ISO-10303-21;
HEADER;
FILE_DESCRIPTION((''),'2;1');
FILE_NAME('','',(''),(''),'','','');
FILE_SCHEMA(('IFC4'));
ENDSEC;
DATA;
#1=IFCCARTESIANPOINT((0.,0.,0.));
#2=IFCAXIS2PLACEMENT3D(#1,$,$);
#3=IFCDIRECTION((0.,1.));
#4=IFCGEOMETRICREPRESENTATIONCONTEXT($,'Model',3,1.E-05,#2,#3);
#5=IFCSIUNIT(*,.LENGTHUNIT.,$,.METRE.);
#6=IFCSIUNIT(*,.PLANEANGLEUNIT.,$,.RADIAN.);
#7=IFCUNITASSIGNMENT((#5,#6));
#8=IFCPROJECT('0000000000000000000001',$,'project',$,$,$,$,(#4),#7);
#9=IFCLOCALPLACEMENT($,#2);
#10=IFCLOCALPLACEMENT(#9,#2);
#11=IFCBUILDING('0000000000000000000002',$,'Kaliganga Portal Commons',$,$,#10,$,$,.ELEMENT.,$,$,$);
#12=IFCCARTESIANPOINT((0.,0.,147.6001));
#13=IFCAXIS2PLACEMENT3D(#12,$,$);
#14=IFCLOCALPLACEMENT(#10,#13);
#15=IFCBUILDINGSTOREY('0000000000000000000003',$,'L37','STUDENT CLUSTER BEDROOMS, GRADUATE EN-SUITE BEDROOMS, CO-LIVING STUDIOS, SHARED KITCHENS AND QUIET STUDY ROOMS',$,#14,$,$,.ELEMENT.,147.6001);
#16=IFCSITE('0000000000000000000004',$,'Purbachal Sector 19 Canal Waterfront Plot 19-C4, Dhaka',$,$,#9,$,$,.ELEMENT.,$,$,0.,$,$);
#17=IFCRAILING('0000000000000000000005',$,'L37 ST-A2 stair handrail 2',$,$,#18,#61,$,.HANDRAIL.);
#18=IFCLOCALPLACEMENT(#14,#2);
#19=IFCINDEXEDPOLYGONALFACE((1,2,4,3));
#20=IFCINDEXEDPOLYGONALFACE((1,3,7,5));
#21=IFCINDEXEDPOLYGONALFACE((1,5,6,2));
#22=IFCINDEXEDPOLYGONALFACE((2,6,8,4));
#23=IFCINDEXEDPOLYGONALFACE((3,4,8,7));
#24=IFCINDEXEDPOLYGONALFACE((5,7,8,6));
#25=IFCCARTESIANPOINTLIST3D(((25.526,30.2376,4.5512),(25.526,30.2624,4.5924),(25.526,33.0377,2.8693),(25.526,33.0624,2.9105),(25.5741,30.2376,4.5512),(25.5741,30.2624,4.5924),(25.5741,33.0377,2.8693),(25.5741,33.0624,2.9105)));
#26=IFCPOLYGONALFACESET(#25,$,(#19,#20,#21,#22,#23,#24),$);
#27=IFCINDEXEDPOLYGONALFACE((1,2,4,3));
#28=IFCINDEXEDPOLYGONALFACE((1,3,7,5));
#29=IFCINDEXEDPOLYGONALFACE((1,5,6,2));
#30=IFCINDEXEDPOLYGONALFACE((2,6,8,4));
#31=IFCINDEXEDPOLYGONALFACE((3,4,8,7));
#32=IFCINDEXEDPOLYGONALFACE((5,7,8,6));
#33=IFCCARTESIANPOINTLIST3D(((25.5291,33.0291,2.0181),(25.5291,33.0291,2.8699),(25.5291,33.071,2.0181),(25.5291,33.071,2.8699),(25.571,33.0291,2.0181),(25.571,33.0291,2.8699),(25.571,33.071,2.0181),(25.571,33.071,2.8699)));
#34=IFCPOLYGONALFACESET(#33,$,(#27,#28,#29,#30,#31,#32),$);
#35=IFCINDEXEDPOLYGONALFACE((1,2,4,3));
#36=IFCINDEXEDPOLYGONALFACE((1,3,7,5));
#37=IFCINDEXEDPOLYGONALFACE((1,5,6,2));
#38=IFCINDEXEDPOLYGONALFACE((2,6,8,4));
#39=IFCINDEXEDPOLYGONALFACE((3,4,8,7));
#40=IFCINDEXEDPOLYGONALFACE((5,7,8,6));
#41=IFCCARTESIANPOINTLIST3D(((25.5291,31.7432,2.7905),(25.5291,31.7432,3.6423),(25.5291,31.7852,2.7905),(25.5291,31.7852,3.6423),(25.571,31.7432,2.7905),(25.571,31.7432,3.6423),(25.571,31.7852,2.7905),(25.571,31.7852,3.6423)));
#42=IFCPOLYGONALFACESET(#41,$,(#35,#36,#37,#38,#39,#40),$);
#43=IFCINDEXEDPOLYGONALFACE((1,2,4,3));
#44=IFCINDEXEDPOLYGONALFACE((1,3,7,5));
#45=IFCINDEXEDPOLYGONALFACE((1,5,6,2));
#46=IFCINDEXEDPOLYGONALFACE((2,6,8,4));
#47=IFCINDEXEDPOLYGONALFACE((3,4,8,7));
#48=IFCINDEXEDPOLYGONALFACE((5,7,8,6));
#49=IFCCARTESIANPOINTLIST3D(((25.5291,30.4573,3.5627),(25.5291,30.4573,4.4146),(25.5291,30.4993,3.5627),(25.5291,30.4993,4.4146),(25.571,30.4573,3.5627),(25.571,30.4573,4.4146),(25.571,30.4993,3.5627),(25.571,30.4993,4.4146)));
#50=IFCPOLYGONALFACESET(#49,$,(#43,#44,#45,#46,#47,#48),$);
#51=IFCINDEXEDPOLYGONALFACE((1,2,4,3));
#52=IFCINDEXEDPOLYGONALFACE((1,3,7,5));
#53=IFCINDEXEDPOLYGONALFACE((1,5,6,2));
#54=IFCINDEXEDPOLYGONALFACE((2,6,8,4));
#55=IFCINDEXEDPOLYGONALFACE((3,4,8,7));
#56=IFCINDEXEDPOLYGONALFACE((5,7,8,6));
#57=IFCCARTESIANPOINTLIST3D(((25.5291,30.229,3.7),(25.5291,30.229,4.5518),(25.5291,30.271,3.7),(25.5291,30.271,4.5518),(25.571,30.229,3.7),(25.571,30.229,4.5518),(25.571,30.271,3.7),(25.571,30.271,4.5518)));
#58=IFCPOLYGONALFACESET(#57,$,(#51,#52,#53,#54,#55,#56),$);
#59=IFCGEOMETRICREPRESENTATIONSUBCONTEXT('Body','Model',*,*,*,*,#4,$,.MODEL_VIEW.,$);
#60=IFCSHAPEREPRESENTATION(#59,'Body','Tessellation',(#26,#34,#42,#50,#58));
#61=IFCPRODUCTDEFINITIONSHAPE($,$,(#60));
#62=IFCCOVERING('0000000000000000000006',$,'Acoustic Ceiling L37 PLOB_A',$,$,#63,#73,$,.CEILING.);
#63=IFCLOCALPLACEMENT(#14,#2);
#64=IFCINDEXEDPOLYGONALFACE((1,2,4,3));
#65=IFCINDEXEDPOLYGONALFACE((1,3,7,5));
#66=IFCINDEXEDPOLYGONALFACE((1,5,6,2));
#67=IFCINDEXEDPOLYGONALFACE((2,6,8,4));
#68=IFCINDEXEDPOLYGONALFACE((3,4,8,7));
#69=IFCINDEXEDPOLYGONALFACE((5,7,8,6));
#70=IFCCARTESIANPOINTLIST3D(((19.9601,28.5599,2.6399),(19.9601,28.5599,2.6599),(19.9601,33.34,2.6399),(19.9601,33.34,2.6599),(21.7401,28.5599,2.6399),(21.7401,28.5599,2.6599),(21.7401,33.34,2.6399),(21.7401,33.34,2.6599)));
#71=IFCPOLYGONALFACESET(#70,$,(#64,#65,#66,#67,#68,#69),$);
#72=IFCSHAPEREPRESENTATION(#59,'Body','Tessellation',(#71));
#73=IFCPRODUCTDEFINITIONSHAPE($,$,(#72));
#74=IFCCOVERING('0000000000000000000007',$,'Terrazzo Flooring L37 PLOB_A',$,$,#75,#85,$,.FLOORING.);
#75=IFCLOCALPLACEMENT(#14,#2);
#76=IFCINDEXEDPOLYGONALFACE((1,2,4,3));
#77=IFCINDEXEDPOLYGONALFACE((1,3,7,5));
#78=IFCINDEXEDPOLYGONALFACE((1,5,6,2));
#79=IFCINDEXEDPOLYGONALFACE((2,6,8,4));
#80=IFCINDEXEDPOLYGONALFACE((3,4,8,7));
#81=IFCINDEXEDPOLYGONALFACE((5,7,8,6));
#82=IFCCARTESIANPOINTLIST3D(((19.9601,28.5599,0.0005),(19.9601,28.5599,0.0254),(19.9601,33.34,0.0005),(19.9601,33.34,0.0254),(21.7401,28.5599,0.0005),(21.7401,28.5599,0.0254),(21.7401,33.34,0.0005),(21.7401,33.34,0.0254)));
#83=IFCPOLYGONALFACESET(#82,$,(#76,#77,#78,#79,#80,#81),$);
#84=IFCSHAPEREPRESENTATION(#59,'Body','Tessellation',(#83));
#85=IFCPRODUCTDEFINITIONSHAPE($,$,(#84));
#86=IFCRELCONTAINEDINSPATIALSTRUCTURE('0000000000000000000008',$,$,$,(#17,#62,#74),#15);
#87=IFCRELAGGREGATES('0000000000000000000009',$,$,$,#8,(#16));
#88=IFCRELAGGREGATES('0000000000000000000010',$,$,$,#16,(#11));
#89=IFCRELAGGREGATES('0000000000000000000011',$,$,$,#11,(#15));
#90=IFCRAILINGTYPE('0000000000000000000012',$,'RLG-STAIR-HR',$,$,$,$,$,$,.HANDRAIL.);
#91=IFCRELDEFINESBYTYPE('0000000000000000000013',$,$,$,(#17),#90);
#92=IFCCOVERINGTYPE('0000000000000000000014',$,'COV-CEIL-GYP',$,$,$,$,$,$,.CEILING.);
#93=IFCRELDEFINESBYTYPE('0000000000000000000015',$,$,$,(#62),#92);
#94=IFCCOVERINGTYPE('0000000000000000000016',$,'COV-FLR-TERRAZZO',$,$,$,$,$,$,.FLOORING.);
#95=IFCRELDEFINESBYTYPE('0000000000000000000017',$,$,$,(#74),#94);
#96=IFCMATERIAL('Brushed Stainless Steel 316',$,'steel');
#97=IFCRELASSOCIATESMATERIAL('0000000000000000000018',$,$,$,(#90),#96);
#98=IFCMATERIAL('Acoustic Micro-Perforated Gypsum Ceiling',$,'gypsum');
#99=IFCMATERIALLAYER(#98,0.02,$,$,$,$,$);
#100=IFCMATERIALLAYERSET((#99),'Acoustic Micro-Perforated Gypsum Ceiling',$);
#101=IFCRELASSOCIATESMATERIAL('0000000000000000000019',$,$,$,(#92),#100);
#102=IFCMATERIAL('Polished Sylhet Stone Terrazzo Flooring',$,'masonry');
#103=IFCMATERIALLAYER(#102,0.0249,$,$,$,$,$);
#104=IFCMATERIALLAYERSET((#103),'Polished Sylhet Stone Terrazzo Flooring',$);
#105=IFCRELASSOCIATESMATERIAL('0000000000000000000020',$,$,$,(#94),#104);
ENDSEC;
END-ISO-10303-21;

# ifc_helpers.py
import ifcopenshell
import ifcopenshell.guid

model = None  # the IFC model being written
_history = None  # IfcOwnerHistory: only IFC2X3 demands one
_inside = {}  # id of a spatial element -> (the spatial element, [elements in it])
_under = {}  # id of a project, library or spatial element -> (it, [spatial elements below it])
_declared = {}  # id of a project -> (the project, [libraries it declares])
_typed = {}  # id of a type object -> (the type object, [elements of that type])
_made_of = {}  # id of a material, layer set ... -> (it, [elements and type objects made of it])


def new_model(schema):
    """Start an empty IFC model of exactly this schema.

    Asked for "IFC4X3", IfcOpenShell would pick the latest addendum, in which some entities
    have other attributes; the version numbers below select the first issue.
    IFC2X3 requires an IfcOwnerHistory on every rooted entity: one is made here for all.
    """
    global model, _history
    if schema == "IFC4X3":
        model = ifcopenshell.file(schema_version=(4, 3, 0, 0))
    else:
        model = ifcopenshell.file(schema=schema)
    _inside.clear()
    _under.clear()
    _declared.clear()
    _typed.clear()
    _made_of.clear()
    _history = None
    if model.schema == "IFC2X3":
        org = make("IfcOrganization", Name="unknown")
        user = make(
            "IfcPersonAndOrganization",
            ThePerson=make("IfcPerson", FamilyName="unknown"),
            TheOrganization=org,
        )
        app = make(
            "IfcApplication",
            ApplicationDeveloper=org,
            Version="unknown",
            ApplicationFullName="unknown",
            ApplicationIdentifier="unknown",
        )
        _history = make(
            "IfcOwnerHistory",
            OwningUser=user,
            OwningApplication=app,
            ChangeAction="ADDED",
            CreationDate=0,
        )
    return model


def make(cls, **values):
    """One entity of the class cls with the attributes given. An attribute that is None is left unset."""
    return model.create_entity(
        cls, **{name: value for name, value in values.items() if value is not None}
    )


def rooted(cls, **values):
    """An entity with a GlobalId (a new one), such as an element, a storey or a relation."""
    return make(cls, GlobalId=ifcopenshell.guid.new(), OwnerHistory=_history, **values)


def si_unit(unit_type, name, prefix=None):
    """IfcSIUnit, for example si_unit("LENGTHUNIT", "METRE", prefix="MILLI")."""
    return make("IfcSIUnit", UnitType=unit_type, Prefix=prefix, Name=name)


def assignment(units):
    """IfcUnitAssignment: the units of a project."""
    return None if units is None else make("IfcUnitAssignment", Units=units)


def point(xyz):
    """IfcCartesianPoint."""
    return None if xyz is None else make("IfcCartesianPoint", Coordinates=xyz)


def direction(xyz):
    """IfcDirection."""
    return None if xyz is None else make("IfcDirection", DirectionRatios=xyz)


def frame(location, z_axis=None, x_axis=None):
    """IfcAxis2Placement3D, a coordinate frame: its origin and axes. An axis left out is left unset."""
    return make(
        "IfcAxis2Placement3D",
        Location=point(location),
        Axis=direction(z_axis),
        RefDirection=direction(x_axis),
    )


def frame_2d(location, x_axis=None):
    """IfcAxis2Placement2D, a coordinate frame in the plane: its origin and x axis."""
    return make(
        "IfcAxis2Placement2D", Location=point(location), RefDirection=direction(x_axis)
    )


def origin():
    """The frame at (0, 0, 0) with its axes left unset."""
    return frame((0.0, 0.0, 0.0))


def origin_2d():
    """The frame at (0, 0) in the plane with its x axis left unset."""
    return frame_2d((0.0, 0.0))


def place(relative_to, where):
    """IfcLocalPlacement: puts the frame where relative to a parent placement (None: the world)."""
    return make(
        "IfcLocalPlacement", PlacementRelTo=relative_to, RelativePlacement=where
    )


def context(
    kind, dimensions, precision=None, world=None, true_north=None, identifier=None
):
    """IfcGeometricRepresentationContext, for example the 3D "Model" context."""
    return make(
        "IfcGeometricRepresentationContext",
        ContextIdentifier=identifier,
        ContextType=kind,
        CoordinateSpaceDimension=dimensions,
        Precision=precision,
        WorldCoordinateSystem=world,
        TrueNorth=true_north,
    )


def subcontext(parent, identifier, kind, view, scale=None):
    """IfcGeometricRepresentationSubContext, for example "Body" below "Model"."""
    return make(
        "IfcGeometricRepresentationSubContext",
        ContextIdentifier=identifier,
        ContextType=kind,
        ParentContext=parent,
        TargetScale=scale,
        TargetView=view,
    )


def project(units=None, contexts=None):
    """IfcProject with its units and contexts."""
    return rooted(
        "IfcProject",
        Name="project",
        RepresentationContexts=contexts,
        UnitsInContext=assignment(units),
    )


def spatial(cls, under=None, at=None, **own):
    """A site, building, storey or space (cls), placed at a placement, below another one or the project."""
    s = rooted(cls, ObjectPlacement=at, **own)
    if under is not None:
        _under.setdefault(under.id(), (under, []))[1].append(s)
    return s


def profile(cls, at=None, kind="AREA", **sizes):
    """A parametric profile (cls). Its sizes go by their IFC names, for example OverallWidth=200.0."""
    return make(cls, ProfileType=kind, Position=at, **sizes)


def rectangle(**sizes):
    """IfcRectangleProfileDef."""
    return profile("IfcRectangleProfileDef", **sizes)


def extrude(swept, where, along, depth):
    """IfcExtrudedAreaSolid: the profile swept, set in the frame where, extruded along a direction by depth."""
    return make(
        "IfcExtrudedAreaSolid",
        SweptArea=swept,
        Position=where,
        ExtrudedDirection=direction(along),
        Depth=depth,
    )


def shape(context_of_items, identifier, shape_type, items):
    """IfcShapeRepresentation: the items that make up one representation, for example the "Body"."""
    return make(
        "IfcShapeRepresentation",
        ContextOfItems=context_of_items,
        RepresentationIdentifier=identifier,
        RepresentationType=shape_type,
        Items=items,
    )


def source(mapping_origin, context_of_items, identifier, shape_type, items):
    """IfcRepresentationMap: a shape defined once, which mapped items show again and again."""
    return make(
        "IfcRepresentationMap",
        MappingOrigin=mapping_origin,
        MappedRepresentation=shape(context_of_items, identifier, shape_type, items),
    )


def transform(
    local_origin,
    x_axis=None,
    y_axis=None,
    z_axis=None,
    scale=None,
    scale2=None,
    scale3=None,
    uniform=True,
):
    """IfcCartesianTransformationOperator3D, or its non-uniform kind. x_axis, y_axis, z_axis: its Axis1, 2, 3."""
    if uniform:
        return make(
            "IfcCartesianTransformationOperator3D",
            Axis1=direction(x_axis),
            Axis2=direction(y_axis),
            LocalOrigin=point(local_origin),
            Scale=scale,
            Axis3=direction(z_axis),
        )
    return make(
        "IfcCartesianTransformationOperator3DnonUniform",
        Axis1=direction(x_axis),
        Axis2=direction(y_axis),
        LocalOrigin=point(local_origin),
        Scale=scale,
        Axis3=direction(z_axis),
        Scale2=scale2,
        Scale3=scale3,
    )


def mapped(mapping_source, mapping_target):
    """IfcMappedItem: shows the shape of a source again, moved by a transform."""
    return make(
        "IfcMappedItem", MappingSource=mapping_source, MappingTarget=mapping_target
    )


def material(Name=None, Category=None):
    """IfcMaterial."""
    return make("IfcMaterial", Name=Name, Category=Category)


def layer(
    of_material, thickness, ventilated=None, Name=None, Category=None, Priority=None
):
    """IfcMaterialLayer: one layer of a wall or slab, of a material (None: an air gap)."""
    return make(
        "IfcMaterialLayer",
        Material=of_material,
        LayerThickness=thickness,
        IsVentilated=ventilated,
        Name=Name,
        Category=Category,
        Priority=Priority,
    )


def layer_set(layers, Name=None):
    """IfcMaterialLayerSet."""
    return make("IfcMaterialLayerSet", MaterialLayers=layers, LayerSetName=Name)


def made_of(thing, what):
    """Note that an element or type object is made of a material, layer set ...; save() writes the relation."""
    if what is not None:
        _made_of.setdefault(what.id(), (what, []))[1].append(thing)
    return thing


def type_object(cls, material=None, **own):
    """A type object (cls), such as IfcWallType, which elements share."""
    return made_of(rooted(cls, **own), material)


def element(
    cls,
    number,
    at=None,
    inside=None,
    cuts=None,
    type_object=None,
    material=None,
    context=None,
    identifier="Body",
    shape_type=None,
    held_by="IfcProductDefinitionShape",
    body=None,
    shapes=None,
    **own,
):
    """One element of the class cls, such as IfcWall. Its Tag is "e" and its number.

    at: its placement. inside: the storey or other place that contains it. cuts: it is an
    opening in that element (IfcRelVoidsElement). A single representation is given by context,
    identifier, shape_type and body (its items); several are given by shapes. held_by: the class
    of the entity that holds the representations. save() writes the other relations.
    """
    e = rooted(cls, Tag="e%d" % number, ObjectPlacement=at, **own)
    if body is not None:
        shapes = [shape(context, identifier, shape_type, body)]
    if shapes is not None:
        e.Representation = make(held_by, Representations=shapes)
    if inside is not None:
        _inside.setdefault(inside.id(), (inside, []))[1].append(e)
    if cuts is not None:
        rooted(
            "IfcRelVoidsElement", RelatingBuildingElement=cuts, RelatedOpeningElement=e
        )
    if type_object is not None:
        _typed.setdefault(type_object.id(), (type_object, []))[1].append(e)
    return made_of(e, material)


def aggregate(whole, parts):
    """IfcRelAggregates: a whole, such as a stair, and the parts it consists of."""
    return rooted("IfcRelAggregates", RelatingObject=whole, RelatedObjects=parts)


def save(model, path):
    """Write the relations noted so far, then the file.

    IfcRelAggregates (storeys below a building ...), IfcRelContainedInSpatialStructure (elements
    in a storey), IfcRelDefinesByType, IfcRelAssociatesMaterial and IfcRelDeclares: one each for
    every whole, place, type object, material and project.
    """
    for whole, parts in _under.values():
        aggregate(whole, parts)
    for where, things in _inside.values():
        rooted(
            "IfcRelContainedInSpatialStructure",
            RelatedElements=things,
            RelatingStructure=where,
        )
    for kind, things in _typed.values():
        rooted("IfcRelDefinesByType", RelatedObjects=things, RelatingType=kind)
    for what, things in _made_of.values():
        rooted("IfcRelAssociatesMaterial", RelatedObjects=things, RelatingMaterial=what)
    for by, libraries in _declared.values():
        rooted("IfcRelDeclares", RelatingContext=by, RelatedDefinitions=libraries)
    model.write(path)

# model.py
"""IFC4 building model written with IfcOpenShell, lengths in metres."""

from ifc_helpers import new_model, si_unit, direction, frame, origin, origin_2d, place, context, subcontext, project, spatial, rectangle, extrude, source, transform, mapped, material, layer, layer_set, type_object, element, save


model = new_model("IFC4")

# Units and contexts
model_context = context("Model", 3, precision=1e-05, world=origin(), true_north=direction((0.0, 1.0)))
body_context = subcontext(model_context, "Body", "Model", "MODEL_VIEW")
ifc_project = project(units=[si_unit("LENGTHUNIT", "METRE"), si_unit("PLANEANGLEUNIT", "RADIAN")], contexts=[model_context])

# Site, building, storey
site_placement = place(None, origin())
site = spatial("IfcSite", under=ifc_project, at=site_placement, Name="Purbachal Sector 19 Canal Waterfront Plot 19-C4, Dhaka", CompositionType="ELEMENT", RefElevation=0.0)
building_placement = place(site_placement, origin())
building = spatial("IfcBuilding", under=site, at=building_placement, Name="Kaliganga Portal Commons", CompositionType="ELEMENT")
storey_placement = place(building_placement, frame((0.0, 0.0, 147.6001)))
storey = spatial("IfcBuildingStorey", under=building, at=storey_placement, Name="L37", Description="STUDENT CLUSTER BEDROOMS, GRADUATE EN-SUITE BEDROOMS, CO-LIVING STUDIOS, SHARED KITCHENS AND QUIET STUDY ROOMS", CompositionType="ELEMENT", Elevation=147.6001)

# Railing
ifc_material_1 = material(Name="Brushed Stainless Steel 316", Category="steel")
railing_type_1 = type_object("IfcRailingType", Name="RLG-STAIR-HR", PredefinedType="HANDRAIL", material=ifc_material_1)
railing_1_placement = place(storey_placement, frame((25.55, 33.05, 2.0181)))
element("IfcRailing", 1, at=railing_1_placement, inside=storey, type_object=railing_type_1, Name="L37 ST-A2 stair handrail 2", PredefinedType="HANDRAIL", context=body_context, shape_type="SweptSolid", body=[
    extrude(rectangle(XDim=0.0481, YDim=0.0481, at=origin_2d()), frame((0.0, 0.0, 0.8718), z_axis=(0.0, -0.857242, 0.514913), x_axis=(1.0, 0.0, 0.0)), (0.0, 0.0, 1.0), 3.2664),
    extrude(rectangle(XDim=0.042, YDim=0.042, at=origin_2d()), origin(), (0.0, 0.0, 1.0), 0.8518),
    extrude(rectangle(XDim=0.042, YDim=0.042, at=origin_2d()), frame((0.0, -1.2859, 0.7725)), (0.0, 0.0, 1.0), 0.8518),
    extrude(rectangle(XDim=0.042, YDim=0.042, at=origin_2d()), frame((0.0, -2.5718, 1.5447)), (0.0, 0.0, 1.0), 0.8518),
    extrude(rectangle(XDim=0.042, YDim=0.042, at=origin_2d()), frame((0.0, -2.8, 1.6819)), (0.0, 0.0, 1.0), 0.8518),
])

# Coverings
ifc_material_2 = material(Name="Acoustic Micro-Perforated Gypsum Ceiling", Category="gypsum")
ifc_layer_1 = layer(ifc_material_2, 0.02)
ifc_layer_set_1 = layer_set([ifc_layer_1], Name="Acoustic Micro-Perforated Gypsum Ceiling")
covering_type_1 = type_object("IfcCoveringType", Name="COV-CEIL-GYP", PredefinedType="CEILING", material=ifc_layer_set_1)
shared_shape_1 = source(origin(), body_context, "Body", "SweptSolid", [
    extrude(rectangle(XDim=1.78, YDim=4.78, at=origin_2d()), origin(), (0.0, 0.0, 1.0), 0.02),
])
covering_1_placement = place(storey_placement, frame((20.8501, 30.95, 2.6399), z_axis=(0.0, 0.0, 1.0), x_axis=(1.0, 0.0, 0.0)))
element("IfcCovering", 2, at=covering_1_placement, inside=storey, type_object=covering_type_1, Name="Acoustic Ceiling L37 PLOB_A", PredefinedType="CEILING", context=body_context, shape_type="MappedRepresentation", body=[
    mapped(shared_shape_1, transform((0.0, 0.0, 0.0), x_axis=(1.0, 0.0, 0.0), y_axis=(0.0, 1.0, 0.0), z_axis=(0.0, 0.0, 1.0), scale=1.0)),
])
ifc_material_3 = material(Name="Polished Sylhet Stone Terrazzo Flooring", Category="masonry")
ifc_layer_2 = layer(ifc_material_3, 0.0249)
ifc_layer_set_2 = layer_set([ifc_layer_2], Name="Polished Sylhet Stone Terrazzo Flooring")
covering_type_2 = type_object("IfcCoveringType", Name="COV-FLR-TERRAZZO", PredefinedType="FLOORING", material=ifc_layer_set_2)
shared_shape_2 = source(origin(), body_context, "Body", "SweptSolid", [
    extrude(rectangle(XDim=1.78, YDim=4.78, at=origin_2d()), origin(), (0.0, 0.0, 1.0), 0.0249),
])
covering_2_placement = place(storey_placement, frame((20.8501, 30.95, 0.0005), z_axis=(0.0, 0.0, 1.0), x_axis=(1.0, 0.0, 0.0)))
element("IfcCovering", 3, at=covering_2_placement, inside=storey, type_object=covering_type_2, Name="Terrazzo Flooring L37 PLOB_A", PredefinedType="FLOORING", context=body_context, shape_type="MappedRepresentation", body=[
    mapped(shared_shape_2, transform((0.0, 0.0, 0.0), x_axis=(1.0, 0.0, 0.0), y_axis=(0.0, 1.0, 0.0), z_axis=(0.0, 0.0, 1.0), scale=1.0)),
])

save(model, "model.ifc")
